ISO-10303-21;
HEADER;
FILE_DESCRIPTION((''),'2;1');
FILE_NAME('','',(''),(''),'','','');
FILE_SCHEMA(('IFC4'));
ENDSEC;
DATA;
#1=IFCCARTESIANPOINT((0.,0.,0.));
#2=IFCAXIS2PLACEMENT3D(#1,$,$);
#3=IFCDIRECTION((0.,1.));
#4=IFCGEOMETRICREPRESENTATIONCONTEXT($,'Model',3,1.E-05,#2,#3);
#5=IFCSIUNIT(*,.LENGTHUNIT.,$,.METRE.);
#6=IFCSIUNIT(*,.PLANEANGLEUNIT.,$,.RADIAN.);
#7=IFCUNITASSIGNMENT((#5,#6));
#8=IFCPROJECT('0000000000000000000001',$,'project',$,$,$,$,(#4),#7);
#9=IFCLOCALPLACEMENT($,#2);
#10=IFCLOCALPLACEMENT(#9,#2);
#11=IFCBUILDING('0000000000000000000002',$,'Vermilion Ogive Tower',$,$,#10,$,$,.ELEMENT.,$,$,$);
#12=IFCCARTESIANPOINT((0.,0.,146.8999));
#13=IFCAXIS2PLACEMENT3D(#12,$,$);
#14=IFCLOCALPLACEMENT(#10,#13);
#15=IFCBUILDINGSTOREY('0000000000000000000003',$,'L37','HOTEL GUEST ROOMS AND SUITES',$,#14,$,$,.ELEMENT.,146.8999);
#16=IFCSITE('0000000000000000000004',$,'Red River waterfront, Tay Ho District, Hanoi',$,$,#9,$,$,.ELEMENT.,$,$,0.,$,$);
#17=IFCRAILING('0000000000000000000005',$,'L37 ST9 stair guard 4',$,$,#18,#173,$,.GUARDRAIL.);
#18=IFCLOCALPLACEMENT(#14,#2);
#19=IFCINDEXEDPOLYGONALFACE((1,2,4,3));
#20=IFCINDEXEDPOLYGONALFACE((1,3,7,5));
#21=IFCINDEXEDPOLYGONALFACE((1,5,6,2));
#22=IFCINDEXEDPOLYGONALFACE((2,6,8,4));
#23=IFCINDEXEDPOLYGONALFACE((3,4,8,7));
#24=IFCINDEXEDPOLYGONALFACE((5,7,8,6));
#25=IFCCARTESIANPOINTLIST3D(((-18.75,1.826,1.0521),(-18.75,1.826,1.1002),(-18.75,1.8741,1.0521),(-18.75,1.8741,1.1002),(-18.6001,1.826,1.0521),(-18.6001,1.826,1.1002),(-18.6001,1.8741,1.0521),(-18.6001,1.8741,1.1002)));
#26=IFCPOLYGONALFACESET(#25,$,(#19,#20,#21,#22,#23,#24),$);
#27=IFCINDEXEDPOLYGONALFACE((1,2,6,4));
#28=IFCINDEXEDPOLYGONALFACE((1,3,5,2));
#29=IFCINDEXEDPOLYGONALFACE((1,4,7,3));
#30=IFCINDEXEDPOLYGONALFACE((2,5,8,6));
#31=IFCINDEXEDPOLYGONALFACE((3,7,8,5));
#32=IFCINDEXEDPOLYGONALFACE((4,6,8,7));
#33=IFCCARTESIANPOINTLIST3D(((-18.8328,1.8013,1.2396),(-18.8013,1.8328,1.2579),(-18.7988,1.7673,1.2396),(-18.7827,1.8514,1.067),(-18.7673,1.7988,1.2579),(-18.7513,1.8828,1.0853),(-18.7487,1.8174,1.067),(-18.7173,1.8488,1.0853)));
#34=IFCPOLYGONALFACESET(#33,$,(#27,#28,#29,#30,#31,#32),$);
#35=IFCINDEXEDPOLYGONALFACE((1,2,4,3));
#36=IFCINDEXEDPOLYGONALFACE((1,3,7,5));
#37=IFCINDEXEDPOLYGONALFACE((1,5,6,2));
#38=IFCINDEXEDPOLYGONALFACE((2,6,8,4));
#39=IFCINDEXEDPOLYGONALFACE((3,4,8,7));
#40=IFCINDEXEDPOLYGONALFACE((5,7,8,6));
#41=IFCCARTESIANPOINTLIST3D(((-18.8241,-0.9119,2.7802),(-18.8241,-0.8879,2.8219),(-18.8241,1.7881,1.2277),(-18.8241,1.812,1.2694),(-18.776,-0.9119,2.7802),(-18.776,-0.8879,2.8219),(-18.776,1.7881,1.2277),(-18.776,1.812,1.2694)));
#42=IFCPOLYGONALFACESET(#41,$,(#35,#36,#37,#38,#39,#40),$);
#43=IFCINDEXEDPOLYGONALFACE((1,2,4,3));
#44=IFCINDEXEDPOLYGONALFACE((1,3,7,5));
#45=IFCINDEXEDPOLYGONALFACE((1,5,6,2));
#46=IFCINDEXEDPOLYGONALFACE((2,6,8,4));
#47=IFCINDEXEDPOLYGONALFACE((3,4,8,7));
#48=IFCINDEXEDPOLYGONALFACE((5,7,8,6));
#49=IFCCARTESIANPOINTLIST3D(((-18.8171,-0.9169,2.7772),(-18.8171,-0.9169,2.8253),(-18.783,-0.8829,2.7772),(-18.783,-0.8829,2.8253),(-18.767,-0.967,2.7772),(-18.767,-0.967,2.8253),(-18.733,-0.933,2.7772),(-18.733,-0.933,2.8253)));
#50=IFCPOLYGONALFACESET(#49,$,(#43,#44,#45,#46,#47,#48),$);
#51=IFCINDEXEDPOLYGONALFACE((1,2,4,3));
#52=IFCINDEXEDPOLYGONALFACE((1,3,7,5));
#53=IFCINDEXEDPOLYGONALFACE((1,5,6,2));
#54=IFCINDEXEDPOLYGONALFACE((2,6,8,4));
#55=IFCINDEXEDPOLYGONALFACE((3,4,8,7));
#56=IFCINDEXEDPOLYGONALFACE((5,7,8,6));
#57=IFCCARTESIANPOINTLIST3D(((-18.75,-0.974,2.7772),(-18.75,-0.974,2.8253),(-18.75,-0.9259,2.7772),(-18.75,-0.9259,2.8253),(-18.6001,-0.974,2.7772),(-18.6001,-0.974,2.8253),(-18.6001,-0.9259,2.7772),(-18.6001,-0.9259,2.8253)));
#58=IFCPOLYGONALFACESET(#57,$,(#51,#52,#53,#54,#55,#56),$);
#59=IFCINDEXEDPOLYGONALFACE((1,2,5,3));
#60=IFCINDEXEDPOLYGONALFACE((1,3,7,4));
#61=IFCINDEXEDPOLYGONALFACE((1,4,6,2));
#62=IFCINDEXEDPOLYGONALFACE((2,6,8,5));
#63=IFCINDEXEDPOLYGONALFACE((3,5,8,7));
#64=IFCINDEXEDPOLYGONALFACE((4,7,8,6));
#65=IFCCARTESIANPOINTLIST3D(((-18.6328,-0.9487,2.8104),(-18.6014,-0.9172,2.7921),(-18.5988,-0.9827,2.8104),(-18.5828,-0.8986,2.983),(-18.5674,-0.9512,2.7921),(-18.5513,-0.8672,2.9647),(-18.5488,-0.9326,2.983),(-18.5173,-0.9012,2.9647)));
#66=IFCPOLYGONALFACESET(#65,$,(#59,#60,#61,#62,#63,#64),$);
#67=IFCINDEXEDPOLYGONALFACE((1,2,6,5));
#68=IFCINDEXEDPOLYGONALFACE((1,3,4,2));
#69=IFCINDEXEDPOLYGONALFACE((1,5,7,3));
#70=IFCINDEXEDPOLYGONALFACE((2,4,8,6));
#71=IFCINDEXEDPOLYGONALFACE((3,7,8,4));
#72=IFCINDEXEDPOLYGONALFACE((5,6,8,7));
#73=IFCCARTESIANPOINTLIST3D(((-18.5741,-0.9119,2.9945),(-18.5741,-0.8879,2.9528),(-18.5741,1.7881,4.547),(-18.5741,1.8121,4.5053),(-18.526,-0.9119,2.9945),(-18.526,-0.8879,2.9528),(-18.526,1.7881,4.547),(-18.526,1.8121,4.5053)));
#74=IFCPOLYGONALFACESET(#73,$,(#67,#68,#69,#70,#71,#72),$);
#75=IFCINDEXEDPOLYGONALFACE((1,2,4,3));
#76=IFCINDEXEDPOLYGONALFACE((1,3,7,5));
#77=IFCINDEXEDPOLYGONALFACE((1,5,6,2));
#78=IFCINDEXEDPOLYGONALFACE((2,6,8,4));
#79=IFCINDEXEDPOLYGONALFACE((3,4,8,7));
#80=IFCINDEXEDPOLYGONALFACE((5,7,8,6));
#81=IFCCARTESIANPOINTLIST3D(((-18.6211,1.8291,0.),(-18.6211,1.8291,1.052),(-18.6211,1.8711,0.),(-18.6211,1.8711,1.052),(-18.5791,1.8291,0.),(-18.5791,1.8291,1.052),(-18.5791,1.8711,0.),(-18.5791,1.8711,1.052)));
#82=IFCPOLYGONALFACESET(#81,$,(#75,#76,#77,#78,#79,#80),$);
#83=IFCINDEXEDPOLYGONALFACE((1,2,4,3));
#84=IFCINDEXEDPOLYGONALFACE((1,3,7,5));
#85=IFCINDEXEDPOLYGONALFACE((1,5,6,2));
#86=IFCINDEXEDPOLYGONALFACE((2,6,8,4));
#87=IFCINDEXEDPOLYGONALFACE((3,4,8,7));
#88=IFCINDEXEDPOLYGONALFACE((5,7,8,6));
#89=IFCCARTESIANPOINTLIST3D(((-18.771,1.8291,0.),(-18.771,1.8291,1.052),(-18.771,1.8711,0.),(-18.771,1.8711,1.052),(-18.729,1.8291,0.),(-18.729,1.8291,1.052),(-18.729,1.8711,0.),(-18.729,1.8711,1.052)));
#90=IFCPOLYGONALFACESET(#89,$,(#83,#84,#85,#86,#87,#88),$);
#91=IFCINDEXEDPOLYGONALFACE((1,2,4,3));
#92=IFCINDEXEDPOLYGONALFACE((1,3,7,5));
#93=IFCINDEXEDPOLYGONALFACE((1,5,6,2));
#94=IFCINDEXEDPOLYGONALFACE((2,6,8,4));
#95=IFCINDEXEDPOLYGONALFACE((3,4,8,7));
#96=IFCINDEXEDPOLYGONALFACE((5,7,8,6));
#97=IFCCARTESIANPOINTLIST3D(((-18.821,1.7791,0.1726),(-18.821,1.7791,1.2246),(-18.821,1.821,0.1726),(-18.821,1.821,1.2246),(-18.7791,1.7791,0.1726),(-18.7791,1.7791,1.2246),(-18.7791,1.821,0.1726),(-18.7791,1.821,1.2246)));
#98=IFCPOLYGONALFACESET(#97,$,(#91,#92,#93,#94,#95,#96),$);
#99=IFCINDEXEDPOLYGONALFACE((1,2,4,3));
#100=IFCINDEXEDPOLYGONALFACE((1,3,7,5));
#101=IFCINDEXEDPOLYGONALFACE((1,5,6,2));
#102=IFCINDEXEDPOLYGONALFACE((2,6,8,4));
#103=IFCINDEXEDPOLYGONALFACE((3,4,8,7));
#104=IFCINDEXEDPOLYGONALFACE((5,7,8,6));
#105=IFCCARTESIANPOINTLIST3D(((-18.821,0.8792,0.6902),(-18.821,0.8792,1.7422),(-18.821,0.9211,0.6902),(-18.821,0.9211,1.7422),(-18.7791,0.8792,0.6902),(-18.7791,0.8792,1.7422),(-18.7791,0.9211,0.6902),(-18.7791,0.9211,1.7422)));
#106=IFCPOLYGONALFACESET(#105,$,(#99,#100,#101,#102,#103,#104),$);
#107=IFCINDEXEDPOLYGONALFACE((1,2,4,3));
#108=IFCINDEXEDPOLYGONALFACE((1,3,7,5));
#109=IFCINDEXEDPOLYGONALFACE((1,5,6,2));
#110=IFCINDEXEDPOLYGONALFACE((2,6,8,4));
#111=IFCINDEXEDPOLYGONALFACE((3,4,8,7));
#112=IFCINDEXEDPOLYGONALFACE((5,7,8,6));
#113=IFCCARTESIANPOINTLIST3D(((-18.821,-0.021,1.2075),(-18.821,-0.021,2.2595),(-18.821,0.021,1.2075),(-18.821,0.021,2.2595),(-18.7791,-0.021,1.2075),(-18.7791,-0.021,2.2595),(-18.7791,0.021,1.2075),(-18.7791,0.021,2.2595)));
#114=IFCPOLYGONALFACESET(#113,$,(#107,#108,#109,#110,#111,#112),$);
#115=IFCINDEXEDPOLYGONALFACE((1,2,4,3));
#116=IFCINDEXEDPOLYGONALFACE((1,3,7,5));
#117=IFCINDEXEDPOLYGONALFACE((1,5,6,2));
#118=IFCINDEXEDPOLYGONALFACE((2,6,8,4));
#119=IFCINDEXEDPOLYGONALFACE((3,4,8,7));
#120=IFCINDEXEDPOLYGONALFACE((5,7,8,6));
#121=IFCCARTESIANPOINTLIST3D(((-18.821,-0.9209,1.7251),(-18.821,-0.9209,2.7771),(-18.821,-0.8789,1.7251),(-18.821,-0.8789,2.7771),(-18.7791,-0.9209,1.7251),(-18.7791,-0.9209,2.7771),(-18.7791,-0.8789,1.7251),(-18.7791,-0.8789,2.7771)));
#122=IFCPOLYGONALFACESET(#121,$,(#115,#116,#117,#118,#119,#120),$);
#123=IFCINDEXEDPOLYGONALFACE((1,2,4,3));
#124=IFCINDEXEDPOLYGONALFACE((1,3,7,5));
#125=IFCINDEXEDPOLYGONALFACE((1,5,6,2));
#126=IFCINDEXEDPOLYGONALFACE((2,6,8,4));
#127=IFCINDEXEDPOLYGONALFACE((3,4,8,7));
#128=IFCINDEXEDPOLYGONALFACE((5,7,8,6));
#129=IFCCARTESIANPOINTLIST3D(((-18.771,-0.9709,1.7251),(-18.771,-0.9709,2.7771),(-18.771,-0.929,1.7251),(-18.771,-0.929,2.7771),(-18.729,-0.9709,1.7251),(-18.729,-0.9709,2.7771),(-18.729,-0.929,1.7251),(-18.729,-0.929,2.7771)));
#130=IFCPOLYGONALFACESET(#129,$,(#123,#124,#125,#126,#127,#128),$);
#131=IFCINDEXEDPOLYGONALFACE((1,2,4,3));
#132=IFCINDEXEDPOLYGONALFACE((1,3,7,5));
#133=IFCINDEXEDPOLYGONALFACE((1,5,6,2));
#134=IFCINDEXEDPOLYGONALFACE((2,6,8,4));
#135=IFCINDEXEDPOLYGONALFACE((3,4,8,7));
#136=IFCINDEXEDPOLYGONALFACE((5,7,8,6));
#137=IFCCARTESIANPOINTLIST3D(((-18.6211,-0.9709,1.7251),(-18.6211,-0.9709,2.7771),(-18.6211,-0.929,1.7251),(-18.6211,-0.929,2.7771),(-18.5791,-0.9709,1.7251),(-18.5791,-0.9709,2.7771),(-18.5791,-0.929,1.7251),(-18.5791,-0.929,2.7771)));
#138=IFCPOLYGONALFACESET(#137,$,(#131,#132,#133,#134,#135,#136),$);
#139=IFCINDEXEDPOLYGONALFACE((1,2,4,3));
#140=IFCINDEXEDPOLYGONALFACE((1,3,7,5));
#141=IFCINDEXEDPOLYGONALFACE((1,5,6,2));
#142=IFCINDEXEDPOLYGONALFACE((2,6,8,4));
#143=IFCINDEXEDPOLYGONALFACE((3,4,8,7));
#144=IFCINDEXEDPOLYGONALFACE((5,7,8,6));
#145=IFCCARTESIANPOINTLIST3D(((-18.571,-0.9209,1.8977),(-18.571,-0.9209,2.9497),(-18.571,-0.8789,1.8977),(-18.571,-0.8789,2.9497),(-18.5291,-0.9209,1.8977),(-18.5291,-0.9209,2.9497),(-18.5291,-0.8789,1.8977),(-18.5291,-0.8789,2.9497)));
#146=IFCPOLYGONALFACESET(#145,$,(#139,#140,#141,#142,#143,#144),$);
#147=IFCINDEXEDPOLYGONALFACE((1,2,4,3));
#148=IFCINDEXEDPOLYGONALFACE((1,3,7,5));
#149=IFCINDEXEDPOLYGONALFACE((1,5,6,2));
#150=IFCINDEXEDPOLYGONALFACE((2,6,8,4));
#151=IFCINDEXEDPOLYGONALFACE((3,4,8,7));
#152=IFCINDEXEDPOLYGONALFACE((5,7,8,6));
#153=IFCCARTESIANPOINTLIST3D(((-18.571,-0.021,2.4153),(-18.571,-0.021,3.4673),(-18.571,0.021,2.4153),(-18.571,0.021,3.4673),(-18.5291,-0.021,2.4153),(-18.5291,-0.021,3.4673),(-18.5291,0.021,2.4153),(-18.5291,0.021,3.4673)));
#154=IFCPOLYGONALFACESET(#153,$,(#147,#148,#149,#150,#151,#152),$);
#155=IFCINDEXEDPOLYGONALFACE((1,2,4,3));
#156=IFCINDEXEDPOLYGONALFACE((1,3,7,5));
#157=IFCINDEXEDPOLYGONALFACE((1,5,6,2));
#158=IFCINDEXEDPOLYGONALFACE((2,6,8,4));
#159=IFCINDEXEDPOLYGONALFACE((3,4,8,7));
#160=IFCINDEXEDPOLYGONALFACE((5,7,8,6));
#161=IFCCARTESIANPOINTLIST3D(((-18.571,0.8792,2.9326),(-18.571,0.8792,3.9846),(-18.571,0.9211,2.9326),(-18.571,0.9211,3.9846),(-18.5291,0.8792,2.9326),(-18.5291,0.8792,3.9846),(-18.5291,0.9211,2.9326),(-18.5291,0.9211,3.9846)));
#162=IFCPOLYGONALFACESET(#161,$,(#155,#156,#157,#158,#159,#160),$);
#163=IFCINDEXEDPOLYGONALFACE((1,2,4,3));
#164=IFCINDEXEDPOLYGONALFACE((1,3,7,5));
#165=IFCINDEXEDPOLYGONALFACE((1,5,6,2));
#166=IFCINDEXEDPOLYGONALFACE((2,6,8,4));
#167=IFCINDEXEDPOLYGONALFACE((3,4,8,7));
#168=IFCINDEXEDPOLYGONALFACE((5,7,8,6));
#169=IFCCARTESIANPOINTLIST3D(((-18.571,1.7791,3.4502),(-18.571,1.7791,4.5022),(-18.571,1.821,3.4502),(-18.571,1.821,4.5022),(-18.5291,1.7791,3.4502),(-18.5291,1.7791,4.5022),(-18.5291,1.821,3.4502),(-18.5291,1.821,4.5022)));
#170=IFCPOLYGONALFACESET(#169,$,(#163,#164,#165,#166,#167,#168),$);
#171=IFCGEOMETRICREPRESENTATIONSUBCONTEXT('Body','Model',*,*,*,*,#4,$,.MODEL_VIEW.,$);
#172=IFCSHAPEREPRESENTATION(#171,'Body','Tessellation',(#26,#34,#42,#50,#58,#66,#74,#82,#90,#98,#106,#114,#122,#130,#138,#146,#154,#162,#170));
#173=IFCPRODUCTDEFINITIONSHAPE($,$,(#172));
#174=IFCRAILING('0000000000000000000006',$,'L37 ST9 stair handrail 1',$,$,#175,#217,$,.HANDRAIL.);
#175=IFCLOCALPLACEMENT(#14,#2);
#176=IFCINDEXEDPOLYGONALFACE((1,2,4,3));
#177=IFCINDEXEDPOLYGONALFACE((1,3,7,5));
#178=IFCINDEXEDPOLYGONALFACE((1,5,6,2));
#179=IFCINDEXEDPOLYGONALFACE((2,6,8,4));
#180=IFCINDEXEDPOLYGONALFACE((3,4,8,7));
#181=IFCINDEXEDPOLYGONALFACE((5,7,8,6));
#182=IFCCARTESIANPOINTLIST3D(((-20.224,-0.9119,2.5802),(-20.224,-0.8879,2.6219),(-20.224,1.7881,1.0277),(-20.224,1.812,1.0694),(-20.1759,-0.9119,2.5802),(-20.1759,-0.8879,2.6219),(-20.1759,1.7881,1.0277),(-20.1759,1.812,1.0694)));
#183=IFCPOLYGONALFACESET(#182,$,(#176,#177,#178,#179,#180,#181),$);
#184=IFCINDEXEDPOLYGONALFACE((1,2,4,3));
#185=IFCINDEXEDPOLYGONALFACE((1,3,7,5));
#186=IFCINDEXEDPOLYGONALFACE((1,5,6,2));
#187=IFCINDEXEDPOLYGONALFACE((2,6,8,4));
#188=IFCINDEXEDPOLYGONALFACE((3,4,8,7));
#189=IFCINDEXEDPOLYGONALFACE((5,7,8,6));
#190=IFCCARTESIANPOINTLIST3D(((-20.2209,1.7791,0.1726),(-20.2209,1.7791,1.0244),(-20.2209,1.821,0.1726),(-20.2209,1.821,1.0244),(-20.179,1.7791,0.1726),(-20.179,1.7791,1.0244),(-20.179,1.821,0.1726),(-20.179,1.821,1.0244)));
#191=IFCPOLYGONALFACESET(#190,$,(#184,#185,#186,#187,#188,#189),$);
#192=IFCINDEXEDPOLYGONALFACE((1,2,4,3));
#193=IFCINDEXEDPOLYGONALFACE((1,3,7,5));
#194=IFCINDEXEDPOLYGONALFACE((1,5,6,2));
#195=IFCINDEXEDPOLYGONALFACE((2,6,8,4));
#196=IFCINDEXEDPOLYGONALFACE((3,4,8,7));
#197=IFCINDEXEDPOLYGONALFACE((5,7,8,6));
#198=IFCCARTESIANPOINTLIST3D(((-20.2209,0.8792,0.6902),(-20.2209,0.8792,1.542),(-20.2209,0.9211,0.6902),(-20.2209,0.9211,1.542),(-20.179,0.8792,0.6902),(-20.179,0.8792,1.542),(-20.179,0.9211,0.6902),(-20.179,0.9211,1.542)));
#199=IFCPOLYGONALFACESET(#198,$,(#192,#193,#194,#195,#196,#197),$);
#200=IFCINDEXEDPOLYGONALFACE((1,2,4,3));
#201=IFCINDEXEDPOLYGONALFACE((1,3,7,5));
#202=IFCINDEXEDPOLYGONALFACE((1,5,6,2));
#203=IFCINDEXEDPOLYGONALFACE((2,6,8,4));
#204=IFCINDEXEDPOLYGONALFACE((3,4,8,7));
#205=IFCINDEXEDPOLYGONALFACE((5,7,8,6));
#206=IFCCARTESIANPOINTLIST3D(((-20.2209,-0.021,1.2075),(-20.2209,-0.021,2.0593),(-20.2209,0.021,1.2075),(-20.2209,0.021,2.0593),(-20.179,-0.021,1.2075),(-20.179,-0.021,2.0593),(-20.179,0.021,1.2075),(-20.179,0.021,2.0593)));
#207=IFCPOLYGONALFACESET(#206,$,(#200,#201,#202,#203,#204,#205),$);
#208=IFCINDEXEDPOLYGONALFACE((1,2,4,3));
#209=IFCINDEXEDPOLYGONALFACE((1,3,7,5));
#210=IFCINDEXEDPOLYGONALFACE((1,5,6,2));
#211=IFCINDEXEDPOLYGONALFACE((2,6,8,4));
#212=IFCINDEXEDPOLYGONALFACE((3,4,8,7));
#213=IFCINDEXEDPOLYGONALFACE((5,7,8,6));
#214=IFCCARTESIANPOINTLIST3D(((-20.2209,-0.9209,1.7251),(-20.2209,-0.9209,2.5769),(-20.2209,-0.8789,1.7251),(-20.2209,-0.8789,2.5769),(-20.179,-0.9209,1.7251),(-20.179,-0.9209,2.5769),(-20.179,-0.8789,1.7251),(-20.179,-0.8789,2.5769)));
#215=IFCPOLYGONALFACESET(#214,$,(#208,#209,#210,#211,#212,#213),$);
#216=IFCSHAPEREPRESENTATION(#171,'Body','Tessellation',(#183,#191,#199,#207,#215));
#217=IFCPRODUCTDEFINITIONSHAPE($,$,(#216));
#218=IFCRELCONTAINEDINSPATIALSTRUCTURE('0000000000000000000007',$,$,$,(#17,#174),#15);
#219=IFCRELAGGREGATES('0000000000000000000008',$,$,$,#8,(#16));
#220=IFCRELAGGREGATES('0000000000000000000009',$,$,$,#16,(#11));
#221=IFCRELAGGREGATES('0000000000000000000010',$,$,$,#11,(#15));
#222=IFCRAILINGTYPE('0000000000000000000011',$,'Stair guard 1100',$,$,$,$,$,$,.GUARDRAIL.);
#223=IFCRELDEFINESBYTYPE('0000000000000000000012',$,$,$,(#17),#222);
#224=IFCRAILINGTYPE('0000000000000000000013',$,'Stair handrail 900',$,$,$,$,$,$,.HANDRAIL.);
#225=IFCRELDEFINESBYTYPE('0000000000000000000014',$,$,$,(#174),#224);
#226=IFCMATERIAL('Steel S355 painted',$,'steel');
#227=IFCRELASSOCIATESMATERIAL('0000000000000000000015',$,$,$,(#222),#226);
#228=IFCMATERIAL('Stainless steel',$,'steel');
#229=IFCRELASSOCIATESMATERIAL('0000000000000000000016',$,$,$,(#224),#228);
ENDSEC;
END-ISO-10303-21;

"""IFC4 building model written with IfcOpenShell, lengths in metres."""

from ifc_helpers import new_model, si_unit, direction, frame, origin, origin_2d, place, context, subcontext, project, spatial, rectangle, extrude, material, type_object, element, save


model = new_model("IFC4")

# Units and contexts
model_context = context("Model", 3, precision=1e-05, world=origin(), true_north=direction((0.0, 1.0)))
body_context = subcontext(model_context, "Body", "Model", "MODEL_VIEW")
ifc_project = project(units=[si_unit("LENGTHUNIT", "METRE"), si_unit("PLANEANGLEUNIT", "RADIAN")], contexts=[model_context])

# Site, building, storey
site_placement = place(None, origin())
site = spatial("IfcSite", under=ifc_project, at=site_placement, Name="Red River waterfront, Tay Ho District, Hanoi", CompositionType="ELEMENT", RefElevation=0.0)
building_placement = place(site_placement, origin())
building = spatial("IfcBuilding", under=site, at=building_placement, Name="Vermilion Ogive Tower", CompositionType="ELEMENT")
storey_placement = place(building_placement, frame((0.0, 0.0, 146.8999)))
storey = spatial("IfcBuildingStorey", under=building, at=storey_placement, Name="L37", Description="HOTEL GUEST ROOMS AND SUITES", CompositionType="ELEMENT", Elevation=146.8999)

# Railings
ifc_material_1 = material(Name="Steel S355 painted", Category="steel")
railing_type_1 = type_object("IfcRailingType", Name="Stair guard 1100", PredefinedType="GUARDRAIL", material=ifc_material_1)
railing_1_placement = place(storey_placement, frame((-18.6001, 1.8501, 0.0)))
element("IfcRailing", 1, at=railing_1_placement, inside=storey, type_object=railing_type_1, Name="L37 ST9 stair guard 4", PredefinedType="GUARDRAIL", context=body_context, shape_type="SweptSolid", body=[
    extrude(rectangle(XDim=0.0481, YDim=0.0481, at=origin_2d()), frame((0.0, 0.0, 1.0762), z_axis=(-1.0, 0.0, 0.0), x_axis=(0.0, -1.0, 0.0)), (0.0, 0.0, 1.0), 0.1499),
    extrude(rectangle(XDim=0.0481, YDim=0.0481, at=origin_2d()), frame((-0.1499, 0.0, 1.0762), z_axis=(-0.268278, -0.268278, 0.925232), x_axis=(0.707107, -0.707107, 0.0)), (0.0, 0.0, 1.0), 0.1865),
    extrude(rectangle(XDim=0.0481, YDim=0.0481, at=origin_2d()), frame((-0.2, -0.05, 1.2485), z_axis=(0.0, -0.866904, 0.498476), x_axis=(1.0, 0.0, 0.0)), (0.0, 0.0, 1.0), 3.1145),
    extrude(rectangle(XDim=0.0481, YDim=0.0481, at=origin_2d()), frame((-0.2, -2.75, 2.8013), z_axis=(0.707107, -0.707107, 0.0), x_axis=(0.707107, 0.707107, 0.0)), (0.0, 0.0, 1.0), 0.0708),
    extrude(rectangle(XDim=0.0481, YDim=0.0481, at=origin_2d()), frame((-0.1499, -2.8, 2.8013), z_axis=(1.0, 0.0, 0.0), x_axis=(0.0, 1.0, 0.0)), (0.0, 0.0, 1.0), 0.1499),
    extrude(rectangle(XDim=0.0481, YDim=0.0481, at=origin_2d()), frame((0.0, -2.8, 2.8013), z_axis=(0.268278, 0.268278, 0.925232), x_axis=(-0.707107, 0.707107, 0.0)), (0.0, 0.0, 1.0), 0.1865),
    extrude(rectangle(XDim=0.0481, YDim=0.0481, at=origin_2d()), frame((0.05, -2.75, 2.9736), z_axis=(0.0, 0.866904, 0.498476), x_axis=(-1.0, 0.0, 0.0)), (0.0, 0.0, 1.0), 3.1145),
    extrude(rectangle(XDim=0.042, YDim=0.042, at=origin_2d()), origin(), (0.0, 0.0, 1.0), 1.052),
    extrude(rectangle(XDim=0.042, YDim=0.042, at=origin_2d()), frame((-0.1499, 0.0, 0.0)), (0.0, 0.0, 1.0), 1.052),
    extrude(rectangle(XDim=0.042, YDim=0.042, at=origin_2d()), frame((-0.2, -0.05, 0.1726)), (0.0, 0.0, 1.0), 1.052),
    extrude(rectangle(XDim=0.042, YDim=0.042, at=origin_2d()), frame((-0.2, -0.95, 0.6902)), (0.0, 0.0, 1.0), 1.052),
    extrude(rectangle(XDim=0.042, YDim=0.042, at=origin_2d()), frame((-0.2, -1.8501, 1.2075)), (0.0, 0.0, 1.0), 1.052),
    extrude(rectangle(XDim=0.042, YDim=0.042, at=origin_2d()), frame((-0.2, -2.75, 1.7251)), (0.0, 0.0, 1.0), 1.052),
    extrude(rectangle(XDim=0.042, YDim=0.042, at=origin_2d()), frame((-0.1499, -2.8, 1.7251)), (0.0, 0.0, 1.0), 1.052),
    extrude(rectangle(XDim=0.042, YDim=0.042, at=origin_2d()), frame((0.0, -2.8, 1.7251)), (0.0, 0.0, 1.0), 1.052),
    extrude(rectangle(XDim=0.042, YDim=0.042, at=origin_2d()), frame((0.05, -2.75, 1.8977)), (0.0, 0.0, 1.0), 1.052),
    extrude(rectangle(XDim=0.042, YDim=0.042, at=origin_2d()), frame((0.05, -1.8501, 2.4153)), (0.0, 0.0, 1.0), 1.052),
    extrude(rectangle(XDim=0.042, YDim=0.042, at=origin_2d()), frame((0.05, -0.95, 2.9326)), (0.0, 0.0, 1.0), 1.052),
    extrude(rectangle(XDim=0.042, YDim=0.042, at=origin_2d()), frame((0.05, -0.05, 3.4502)), (0.0, 0.0, 1.0), 1.052),
])
ifc_material_2 = material(Name="Stainless steel", Category="steel")
railing_type_2 = type_object("IfcRailingType", Name="Stair handrail 900", PredefinedType="HANDRAIL", material=ifc_material_2)
railing_2_placement = place(storey_placement, frame((-20.2, 1.8, 0.1726)))
element("IfcRailing", 2, at=railing_2_placement, inside=storey, type_object=railing_type_2, Name="L37 ST9 stair handrail 1", PredefinedType="HANDRAIL", context=body_context, shape_type="SweptSolid", body=[
    extrude(rectangle(XDim=0.0481, YDim=0.0481, at=origin_2d()), frame((0.0, 0.0, 0.876), z_axis=(0.0, -0.866904, 0.498476), x_axis=(1.0, 0.0, 0.0)), (0.0, 0.0, 1.0), 3.1145),
    extrude(rectangle(XDim=0.042, YDim=0.042, at=origin_2d()), origin(), (0.0, 0.0, 1.0), 0.8518),
    extrude(rectangle(XDim=0.042, YDim=0.042, at=origin_2d()), frame((0.0, -0.8999, 0.5176)), (0.0, 0.0, 1.0), 0.8518),
    extrude(rectangle(XDim=0.042, YDim=0.042, at=origin_2d()), frame((0.0, -1.8, 1.0349)), (0.0, 0.0, 1.0), 0.8518),
    extrude(rectangle(XDim=0.042, YDim=0.042, at=origin_2d()), frame((0.0, -2.7, 1.5525)), (0.0, 0.0, 1.0), 0.8518),
])

save(model, "model.ifc")
